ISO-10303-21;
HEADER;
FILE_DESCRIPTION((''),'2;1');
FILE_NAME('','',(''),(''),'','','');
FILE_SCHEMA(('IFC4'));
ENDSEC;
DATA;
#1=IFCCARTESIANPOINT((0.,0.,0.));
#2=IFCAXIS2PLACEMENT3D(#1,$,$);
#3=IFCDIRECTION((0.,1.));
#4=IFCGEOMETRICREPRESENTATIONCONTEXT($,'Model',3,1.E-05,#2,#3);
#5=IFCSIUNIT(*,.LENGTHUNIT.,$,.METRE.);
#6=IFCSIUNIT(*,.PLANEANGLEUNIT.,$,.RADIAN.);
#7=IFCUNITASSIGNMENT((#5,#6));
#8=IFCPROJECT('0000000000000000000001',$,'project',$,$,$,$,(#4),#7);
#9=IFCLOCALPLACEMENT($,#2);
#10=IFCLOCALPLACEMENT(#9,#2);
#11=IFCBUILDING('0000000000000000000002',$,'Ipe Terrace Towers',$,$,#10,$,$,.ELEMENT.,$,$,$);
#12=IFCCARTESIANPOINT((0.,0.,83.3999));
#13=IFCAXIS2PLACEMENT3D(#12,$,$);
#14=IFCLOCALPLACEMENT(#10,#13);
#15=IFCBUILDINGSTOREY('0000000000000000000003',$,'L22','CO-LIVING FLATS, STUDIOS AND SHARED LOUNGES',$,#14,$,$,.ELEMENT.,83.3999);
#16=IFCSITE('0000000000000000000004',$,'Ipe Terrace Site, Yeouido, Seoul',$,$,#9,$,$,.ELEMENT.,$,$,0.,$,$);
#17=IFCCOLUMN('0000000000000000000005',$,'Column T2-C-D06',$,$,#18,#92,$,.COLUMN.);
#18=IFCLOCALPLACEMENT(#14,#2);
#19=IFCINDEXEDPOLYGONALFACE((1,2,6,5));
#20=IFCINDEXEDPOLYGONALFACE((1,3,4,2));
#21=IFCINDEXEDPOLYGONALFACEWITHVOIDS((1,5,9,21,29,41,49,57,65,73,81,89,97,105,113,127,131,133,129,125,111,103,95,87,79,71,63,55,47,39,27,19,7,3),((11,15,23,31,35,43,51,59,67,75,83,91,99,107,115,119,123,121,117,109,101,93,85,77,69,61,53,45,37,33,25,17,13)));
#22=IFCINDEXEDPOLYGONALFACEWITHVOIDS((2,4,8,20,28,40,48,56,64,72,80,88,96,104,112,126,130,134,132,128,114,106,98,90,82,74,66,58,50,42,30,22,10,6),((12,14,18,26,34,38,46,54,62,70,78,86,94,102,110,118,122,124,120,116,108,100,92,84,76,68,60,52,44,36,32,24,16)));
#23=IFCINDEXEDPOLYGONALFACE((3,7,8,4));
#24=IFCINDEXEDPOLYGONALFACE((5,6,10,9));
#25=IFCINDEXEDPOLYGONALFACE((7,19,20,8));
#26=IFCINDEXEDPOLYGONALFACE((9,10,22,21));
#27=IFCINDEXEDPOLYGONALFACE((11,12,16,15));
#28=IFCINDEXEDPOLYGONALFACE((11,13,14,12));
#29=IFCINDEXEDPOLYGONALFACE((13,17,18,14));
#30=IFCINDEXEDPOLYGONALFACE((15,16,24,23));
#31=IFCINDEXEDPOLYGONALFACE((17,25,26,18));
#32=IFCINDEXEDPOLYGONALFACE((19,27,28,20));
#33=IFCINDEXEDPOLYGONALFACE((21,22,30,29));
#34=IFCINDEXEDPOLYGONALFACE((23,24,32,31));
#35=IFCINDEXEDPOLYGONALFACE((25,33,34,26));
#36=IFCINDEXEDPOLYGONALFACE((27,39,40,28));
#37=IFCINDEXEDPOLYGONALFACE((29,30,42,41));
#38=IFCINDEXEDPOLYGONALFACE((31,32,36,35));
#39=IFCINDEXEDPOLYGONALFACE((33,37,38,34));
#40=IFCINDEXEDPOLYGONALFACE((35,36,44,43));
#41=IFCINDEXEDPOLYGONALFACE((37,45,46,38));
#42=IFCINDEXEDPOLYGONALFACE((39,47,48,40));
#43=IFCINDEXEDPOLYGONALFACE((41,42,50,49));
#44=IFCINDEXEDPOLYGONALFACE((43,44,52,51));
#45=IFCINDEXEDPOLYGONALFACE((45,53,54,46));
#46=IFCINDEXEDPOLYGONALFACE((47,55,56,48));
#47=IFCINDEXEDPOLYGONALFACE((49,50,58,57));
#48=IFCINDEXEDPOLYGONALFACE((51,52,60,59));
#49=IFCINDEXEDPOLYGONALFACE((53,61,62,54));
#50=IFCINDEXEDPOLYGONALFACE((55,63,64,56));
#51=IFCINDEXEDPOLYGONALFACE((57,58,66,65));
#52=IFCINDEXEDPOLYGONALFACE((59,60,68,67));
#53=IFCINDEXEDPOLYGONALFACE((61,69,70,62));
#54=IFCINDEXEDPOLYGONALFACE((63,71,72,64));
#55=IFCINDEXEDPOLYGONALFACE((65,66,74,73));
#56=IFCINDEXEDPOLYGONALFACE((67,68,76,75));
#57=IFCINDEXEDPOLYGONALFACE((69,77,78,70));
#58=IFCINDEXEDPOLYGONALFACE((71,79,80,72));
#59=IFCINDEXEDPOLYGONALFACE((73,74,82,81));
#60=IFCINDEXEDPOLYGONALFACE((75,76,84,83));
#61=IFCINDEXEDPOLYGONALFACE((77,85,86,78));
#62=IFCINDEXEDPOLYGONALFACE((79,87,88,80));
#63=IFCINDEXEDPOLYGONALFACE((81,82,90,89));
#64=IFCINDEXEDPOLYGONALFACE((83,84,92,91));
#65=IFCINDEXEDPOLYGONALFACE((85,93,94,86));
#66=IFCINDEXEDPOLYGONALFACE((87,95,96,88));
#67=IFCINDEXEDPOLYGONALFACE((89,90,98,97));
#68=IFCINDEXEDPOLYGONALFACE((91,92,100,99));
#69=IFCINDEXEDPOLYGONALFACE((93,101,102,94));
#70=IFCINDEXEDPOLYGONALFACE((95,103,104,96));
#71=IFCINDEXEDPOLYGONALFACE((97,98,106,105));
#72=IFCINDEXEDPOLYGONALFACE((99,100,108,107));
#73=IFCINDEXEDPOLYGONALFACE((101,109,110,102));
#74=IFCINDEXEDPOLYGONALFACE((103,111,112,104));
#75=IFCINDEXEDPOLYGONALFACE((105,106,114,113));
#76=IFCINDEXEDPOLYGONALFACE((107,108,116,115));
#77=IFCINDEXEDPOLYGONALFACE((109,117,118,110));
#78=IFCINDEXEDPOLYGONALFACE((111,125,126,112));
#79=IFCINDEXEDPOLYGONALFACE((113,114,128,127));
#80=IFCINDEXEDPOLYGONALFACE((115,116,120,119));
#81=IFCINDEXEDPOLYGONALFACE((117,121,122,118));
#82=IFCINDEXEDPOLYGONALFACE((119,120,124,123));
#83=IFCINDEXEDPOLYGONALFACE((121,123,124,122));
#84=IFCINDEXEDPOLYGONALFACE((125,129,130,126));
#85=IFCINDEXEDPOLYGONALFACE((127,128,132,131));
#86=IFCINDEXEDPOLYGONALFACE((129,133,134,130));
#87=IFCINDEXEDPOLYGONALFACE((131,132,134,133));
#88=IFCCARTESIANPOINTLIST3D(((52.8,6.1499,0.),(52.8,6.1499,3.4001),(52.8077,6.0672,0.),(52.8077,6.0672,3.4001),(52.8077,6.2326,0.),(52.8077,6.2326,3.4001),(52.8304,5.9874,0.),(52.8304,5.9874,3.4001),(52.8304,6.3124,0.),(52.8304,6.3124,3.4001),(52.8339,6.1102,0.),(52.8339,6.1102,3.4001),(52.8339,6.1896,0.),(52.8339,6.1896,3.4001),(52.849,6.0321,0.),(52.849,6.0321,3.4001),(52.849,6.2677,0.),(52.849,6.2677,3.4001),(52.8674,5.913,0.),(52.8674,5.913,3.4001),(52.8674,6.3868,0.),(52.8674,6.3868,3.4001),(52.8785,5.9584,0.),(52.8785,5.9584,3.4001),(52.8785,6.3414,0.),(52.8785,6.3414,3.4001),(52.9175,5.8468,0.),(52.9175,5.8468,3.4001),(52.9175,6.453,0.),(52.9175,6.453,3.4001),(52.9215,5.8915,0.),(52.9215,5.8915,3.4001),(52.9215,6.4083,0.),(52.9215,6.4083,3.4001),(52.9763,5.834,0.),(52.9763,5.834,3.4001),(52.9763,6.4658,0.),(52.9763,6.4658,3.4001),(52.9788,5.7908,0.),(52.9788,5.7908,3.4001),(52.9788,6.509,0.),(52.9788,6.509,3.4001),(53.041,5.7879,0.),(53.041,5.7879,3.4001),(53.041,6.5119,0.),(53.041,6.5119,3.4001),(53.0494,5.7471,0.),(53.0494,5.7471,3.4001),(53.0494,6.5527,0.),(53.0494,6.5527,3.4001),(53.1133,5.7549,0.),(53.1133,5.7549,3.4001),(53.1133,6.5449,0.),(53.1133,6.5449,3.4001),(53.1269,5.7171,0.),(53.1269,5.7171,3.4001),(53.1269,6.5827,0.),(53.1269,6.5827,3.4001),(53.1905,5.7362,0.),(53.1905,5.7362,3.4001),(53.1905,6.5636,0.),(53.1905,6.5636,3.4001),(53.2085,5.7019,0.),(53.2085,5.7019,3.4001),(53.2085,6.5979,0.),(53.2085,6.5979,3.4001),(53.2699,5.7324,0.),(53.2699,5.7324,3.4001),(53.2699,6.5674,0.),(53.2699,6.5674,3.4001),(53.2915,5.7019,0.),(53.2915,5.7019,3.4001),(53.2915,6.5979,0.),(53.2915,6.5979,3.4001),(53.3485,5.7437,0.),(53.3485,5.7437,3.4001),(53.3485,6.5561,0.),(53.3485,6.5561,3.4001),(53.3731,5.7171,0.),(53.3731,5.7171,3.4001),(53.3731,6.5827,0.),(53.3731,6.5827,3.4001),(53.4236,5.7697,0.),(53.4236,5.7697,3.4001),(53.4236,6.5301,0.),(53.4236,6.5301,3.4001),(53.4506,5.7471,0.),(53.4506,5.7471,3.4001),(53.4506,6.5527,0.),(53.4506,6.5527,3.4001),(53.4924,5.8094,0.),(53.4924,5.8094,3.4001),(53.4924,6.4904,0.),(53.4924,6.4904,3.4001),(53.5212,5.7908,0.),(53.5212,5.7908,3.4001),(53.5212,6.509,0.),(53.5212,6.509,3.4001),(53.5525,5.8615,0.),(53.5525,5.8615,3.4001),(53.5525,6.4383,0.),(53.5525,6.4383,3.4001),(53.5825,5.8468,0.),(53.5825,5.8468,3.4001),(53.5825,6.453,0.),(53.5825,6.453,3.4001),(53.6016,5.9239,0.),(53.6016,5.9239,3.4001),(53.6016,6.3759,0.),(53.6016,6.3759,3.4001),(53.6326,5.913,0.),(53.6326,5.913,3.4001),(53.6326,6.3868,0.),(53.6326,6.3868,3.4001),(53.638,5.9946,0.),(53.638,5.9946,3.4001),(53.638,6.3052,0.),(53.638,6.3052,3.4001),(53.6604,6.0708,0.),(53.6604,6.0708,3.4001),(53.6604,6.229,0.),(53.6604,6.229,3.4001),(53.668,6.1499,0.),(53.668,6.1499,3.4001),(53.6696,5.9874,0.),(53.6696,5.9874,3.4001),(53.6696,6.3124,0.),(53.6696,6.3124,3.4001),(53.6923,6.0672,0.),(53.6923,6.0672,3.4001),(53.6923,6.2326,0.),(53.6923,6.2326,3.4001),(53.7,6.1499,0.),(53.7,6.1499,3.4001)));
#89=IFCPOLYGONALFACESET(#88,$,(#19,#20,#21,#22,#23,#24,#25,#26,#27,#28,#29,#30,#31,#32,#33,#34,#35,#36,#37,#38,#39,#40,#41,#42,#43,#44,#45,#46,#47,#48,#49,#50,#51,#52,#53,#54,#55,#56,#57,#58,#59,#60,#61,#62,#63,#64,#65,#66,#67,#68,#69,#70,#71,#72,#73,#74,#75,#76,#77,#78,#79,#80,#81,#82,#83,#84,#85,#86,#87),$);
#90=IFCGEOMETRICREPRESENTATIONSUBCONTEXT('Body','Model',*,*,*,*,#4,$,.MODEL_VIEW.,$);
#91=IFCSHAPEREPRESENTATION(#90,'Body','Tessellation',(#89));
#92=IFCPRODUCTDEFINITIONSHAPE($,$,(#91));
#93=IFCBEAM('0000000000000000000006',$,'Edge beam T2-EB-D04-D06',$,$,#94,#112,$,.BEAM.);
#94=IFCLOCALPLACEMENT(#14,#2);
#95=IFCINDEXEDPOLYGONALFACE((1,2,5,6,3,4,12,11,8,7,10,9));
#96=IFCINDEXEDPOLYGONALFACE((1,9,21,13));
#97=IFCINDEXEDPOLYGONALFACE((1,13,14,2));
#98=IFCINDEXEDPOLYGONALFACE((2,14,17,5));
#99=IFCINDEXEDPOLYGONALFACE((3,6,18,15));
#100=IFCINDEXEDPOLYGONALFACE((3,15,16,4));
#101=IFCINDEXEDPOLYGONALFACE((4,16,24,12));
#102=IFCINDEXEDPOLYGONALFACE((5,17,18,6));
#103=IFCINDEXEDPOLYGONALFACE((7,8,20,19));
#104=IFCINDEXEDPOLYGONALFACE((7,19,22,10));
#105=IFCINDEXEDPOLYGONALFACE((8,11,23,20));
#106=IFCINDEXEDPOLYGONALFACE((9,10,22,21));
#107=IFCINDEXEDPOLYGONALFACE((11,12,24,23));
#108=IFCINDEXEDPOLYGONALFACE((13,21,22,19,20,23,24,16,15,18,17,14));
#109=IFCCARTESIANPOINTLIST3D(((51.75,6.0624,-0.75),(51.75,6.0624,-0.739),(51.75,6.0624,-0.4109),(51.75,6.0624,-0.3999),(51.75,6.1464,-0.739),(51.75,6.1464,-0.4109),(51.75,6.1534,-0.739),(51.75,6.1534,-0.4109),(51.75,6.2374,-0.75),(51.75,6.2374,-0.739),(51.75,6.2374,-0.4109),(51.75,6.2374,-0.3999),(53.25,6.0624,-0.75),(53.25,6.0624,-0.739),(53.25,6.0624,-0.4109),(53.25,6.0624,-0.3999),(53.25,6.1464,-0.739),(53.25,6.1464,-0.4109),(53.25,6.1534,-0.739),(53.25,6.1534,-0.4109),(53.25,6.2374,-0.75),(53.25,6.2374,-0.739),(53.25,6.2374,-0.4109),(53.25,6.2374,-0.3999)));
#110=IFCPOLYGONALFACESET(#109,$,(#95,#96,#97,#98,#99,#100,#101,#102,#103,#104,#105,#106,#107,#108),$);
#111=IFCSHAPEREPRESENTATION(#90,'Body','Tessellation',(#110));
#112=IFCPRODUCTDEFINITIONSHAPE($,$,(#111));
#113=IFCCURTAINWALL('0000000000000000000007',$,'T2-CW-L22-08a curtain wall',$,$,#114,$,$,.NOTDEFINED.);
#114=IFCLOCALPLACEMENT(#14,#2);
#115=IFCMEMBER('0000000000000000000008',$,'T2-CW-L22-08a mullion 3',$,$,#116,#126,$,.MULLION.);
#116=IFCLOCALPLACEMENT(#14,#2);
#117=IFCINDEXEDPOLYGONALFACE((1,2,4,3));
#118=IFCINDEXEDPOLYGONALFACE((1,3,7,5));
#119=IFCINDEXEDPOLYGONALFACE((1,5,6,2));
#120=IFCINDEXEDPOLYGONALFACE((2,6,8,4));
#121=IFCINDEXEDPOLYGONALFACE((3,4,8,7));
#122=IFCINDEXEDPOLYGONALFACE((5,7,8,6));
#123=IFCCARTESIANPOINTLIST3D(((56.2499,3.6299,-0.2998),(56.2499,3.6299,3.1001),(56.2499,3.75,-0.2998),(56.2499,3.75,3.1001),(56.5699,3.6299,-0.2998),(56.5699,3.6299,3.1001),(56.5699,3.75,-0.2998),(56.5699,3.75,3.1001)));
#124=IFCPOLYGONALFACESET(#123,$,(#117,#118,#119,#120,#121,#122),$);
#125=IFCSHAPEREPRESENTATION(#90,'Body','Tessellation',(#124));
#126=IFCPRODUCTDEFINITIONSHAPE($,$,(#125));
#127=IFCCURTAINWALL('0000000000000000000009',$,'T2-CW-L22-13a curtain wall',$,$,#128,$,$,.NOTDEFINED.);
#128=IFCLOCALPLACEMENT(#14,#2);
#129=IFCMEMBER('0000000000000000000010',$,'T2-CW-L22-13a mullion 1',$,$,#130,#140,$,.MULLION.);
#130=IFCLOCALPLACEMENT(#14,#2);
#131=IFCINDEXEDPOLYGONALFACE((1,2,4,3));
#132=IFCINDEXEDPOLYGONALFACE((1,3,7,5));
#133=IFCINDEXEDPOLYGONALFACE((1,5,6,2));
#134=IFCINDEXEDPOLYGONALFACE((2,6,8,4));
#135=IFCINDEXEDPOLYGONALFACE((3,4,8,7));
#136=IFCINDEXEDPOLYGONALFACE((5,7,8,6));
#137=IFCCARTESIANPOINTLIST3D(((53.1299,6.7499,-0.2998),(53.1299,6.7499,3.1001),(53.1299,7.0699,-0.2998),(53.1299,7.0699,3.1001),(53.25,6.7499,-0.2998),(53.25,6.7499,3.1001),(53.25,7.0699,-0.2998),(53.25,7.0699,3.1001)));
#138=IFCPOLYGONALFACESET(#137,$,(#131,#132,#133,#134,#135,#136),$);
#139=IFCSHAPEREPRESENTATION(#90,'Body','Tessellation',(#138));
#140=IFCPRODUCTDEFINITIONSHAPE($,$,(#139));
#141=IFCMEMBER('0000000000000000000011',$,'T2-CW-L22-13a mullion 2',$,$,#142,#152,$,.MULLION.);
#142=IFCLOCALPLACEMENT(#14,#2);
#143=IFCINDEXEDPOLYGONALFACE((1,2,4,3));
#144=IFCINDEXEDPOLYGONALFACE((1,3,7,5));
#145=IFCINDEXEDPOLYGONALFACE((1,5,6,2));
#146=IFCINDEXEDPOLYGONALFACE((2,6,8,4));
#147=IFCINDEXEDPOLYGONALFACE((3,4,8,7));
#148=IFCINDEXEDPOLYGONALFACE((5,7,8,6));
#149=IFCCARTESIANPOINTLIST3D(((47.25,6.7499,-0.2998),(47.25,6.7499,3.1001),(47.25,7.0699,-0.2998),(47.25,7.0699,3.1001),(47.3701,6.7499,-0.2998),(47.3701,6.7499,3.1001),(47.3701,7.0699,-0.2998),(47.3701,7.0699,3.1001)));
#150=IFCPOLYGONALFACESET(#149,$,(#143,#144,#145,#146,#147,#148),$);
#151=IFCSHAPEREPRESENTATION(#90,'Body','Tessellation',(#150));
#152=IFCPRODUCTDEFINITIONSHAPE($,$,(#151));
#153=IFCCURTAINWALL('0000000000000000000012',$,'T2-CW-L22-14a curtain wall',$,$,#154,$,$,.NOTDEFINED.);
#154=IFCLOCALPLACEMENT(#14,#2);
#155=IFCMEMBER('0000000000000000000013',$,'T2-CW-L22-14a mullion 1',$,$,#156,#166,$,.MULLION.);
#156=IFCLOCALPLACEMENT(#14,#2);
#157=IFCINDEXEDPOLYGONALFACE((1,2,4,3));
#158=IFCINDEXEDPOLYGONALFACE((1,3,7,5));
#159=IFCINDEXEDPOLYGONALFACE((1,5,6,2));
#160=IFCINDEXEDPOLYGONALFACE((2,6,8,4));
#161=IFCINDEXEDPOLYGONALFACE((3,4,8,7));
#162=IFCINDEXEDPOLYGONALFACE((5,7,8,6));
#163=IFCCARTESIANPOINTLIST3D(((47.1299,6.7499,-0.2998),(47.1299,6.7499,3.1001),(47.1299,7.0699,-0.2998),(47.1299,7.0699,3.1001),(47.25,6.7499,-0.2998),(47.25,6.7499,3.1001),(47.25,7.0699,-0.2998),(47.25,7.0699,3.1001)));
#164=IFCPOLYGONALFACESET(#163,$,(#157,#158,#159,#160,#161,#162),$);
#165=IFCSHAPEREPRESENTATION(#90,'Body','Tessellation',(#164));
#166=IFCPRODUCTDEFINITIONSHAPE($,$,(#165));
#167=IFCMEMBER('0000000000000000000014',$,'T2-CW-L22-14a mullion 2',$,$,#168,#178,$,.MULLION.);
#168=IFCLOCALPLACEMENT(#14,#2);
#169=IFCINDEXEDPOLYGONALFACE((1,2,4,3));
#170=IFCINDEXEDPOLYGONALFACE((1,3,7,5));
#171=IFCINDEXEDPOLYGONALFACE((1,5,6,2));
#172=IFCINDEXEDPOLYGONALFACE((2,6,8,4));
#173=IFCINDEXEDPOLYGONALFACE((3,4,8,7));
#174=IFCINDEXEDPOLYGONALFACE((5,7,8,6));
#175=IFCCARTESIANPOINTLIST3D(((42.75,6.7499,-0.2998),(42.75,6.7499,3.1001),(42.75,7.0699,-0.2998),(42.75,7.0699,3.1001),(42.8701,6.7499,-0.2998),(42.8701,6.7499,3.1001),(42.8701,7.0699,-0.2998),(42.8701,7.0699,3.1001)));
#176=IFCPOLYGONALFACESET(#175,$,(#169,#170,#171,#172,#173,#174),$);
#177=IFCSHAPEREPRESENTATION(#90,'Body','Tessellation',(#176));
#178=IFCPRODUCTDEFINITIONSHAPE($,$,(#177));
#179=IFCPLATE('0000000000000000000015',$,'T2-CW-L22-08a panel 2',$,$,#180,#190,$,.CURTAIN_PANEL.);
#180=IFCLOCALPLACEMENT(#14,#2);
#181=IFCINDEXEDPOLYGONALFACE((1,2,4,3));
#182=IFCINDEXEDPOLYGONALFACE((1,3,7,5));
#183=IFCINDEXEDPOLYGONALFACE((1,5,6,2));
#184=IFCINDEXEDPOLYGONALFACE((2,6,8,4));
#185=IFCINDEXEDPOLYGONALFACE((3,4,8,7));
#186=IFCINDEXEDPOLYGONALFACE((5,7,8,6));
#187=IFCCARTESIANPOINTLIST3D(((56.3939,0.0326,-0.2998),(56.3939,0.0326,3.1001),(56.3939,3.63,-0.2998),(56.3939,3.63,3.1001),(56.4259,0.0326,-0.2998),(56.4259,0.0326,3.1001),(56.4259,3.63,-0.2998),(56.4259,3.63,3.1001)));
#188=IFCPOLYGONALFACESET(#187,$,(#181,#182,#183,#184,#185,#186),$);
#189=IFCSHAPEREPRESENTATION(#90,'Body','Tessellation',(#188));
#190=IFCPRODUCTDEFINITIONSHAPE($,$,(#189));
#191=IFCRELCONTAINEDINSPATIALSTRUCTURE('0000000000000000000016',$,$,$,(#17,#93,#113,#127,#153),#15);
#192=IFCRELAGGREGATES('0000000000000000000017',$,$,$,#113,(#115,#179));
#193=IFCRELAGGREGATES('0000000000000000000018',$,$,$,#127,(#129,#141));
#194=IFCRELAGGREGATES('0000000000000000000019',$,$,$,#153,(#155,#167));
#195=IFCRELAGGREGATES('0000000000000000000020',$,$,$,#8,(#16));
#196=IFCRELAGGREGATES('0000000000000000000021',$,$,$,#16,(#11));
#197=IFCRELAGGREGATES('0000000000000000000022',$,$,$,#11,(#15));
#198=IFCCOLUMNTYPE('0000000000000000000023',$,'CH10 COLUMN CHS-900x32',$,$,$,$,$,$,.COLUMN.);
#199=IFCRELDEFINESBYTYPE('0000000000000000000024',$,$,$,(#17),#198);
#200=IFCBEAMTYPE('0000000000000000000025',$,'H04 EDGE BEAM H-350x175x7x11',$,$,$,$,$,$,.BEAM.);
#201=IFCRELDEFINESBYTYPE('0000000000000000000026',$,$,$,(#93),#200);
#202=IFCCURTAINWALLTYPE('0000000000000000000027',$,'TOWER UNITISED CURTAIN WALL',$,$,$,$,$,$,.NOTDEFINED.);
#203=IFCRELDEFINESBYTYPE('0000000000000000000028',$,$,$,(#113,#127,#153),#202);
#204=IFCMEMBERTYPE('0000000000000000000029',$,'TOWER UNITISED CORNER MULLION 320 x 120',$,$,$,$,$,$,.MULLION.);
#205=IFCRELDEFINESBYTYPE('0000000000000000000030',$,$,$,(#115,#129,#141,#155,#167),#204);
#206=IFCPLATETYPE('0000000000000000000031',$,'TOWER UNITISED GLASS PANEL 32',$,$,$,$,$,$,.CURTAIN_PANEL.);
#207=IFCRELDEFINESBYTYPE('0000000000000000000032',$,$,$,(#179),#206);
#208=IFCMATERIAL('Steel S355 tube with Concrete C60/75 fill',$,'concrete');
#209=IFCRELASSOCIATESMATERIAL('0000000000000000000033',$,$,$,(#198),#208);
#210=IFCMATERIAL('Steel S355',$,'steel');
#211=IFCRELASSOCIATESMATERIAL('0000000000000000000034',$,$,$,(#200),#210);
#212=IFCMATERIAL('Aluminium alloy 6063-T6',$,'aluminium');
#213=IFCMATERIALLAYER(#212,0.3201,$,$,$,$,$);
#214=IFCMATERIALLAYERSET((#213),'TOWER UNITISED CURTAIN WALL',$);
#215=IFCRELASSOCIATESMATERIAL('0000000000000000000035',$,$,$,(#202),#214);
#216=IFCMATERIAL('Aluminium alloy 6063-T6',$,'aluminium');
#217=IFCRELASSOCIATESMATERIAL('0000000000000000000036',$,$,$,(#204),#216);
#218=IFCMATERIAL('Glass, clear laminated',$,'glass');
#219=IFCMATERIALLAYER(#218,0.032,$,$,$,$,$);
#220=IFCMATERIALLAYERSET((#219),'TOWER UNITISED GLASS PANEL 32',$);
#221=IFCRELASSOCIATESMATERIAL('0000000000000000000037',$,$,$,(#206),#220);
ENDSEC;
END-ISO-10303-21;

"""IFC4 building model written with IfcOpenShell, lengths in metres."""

from ifc_helpers import new_model, si_unit, direction, frame, origin, origin_2d, place, context, subcontext, project, spatial, rectangle, hollow_circle, i_section, extrude, material, layer, layer_set, material_profile, profile_set, type_object, element, aggregate, save


model = new_model("IFC4")

# Units and contexts
model_context = context("Model", 3, precision=1e-05, world=origin(), true_north=direction((0.0, 1.0)))
body_context = subcontext(model_context, "Body", "Model", "MODEL_VIEW")
ifc_project = project(units=[si_unit("LENGTHUNIT", "METRE"), si_unit("PLANEANGLEUNIT", "RADIAN")], contexts=[model_context])

# Site, building, storey
site_placement = place(None, origin())
site = spatial("IfcSite", under=ifc_project, at=site_placement, Name="Ipe Terrace Site, Yeouido, Seoul", CompositionType="ELEMENT", RefElevation=0.0)
building_placement = place(site_placement, origin())
building = spatial("IfcBuilding", under=site, at=building_placement, Name="Ipe Terrace Towers", CompositionType="ELEMENT")
storey_placement = place(building_placement, frame((0.0, 0.0, 83.3999)))
storey = spatial("IfcBuildingStorey", under=building, at=storey_placement, Name="L22", Description="CO-LIVING FLATS, STUDIOS AND SHARED LOUNGES", CompositionType="ELEMENT", Elevation=83.3999)

# Column
ifc_material_1 = material(Name="Steel S355 tube with Concrete C60/75 fill", Category="concrete")
ifc_material_profile_1 = material_profile(ifc_material_1, hollow_circle(Radius=0.45, WallThickness=0.032, at=origin_2d()), Name="CHS-900x32")
ifc_profile_set_1 = profile_set([ifc_material_profile_1], Name="Steel S355 tube with Concrete C60/75 fill")
column_type_1 = type_object("IfcColumnType", Name="CH10 COLUMN CHS-900x32", PredefinedType="COLUMN", material=ifc_profile_set_1)
for number, where, z_axis, x_axis, name in (
    (1, (53.25, 6.1499, 0.0), (0.0, 0.0, 1.0), (1.0, 0.0, 0.0), "Column T2-C-D06"),
):
    element("IfcColumn", number, at=place(storey_placement, frame(where, z_axis=z_axis, x_axis=x_axis)), inside=storey, type_object=column_type_1, Name=name, PredefinedType="COLUMN", context=body_context, shape_type="SweptSolid", body=[
        extrude(hollow_circle(Radius=0.45, WallThickness=0.032, at=origin_2d()), origin(), (0.0, 0.0, 1.0), 3.4001),
    ])

# Beam
ifc_material_2 = material(Name="Steel S355", Category="steel")
ifc_material_profile_2 = material_profile(ifc_material_2, i_section(OverallWidth=0.175, OverallDepth=0.3501, WebThickness=0.0071, FlangeThickness=0.011, at=origin_2d()), Name="H-350x175x7x11")
ifc_profile_set_2 = profile_set([ifc_material_profile_2], Name="Steel S355")
beam_type = type_object("IfcBeamType", Name="H04 EDGE BEAM H-350x175x7x11", PredefinedType="BEAM", material=ifc_profile_set_2)
beam_placement = place(storey_placement, frame((51.75, 6.1499, -0.575), z_axis=(1.0, 0.0, 0.0), x_axis=(0.0, 1.0, 0.0)))
element("IfcBeam", 2, at=beam_placement, inside=storey, type_object=beam_type, Name="Edge beam T2-EB-D04-D06", PredefinedType="BEAM", context=body_context, shape_type="SweptSolid", body=[
    extrude(i_section(OverallWidth=0.175, OverallDepth=0.3501, WebThickness=0.0071, FlangeThickness=0.011, at=origin_2d()), origin(), (0.0, 0.0, 1.0), 1.5),
])

# Curtain wall, member
ifc_material_3 = material(Name="Aluminium alloy 6063-T6", Category="aluminium")
ifc_layer_1 = layer(ifc_material_3, 0.3201)
ifc_layer_set_1 = layer_set([ifc_layer_1], Name="TOWER UNITISED CURTAIN WALL")
curtain_wall_type = type_object("IfcCurtainWallType", Name="TOWER UNITISED CURTAIN WALL", PredefinedType="NOTDEFINED", material=ifc_layer_set_1)
curtain_wall_1_placement = place(storey_placement, origin())
curtain_wall_1 = element("IfcCurtainWall", 3, at=curtain_wall_1_placement, inside=storey, type_object=curtain_wall_type, Name="T2-CW-L22-08a curtain wall", PredefinedType="NOTDEFINED")
ifc_material_4 = material(Name="Aluminium alloy 6063-T6", Category="aluminium")
ifc_material_profile_3 = material_profile(ifc_material_4, rectangle(XDim=0.3201, YDim=0.1201, at=origin_2d()), Name="TOWER UNITISED CORNER MULLION 320 x 120")
ifc_profile_set_3 = profile_set([ifc_material_profile_3], Name="Aluminium alloy 6063-T6")
member_type = type_object("IfcMemberType", Name="TOWER UNITISED CORNER MULLION 320 x 120", PredefinedType="MULLION", material=ifc_profile_set_3)
member_1_placement = place(storey_placement, frame((56.4099, 3.6899, -0.2998), z_axis=(0.0, 0.0, 1.0), x_axis=(1.0, 0.0, 0.0)))
member_1 = element("IfcMember", 4, at=member_1_placement, type_object=member_type, Name="T2-CW-L22-08a mullion 3", PredefinedType="MULLION", context=body_context, shape_type="SweptSolid", body=[
    extrude(rectangle(XDim=0.3201, YDim=0.1201, at=origin_2d()), origin(), (0.0, 0.0, 1.0), 3.3999),
])

# Curtain walls, members
curtain_wall_2_placement = place(storey_placement, origin())
curtain_wall_2 = element("IfcCurtainWall", 5, at=curtain_wall_2_placement, inside=storey, type_object=curtain_wall_type, Name="T2-CW-L22-13a curtain wall", PredefinedType="NOTDEFINED")
member_2_placement = place(storey_placement, frame((53.1899, 6.9099, -0.2998), z_axis=(0.0, 0.0, 1.0), x_axis=(0.0, 1.0, 0.0)))
member_2 = element("IfcMember", 6, at=member_2_placement, type_object=member_type, Name="T2-CW-L22-13a mullion 1", PredefinedType="MULLION", context=body_context, shape_type="SweptSolid", body=[
    extrude(rectangle(XDim=0.3201, YDim=0.1201, at=origin_2d()), origin(), (0.0, 0.0, 1.0), 3.3999),
])
member_3_placement = place(storey_placement, frame((47.3101, 6.9099, -0.2998), z_axis=(0.0, 0.0, 1.0), x_axis=(0.0, 1.0, 0.0)))
member_3 = element("IfcMember", 7, at=member_3_placement, type_object=member_type, Name="T2-CW-L22-13a mullion 2", PredefinedType="MULLION", context=body_context, shape_type="SweptSolid", body=[
    extrude(rectangle(XDim=0.3201, YDim=0.1201, at=origin_2d()), origin(), (0.0, 0.0, 1.0), 3.3999),
])
curtain_wall_3_placement = place(storey_placement, origin())
curtain_wall_3 = element("IfcCurtainWall", 8, at=curtain_wall_3_placement, inside=storey, type_object=curtain_wall_type, Name="T2-CW-L22-14a curtain wall", PredefinedType="NOTDEFINED")
member_4_placement = place(storey_placement, frame((47.1899, 6.9099, -0.2998), z_axis=(0.0, 0.0, 1.0), x_axis=(0.0, 1.0, 0.0)))
member_4 = element("IfcMember", 9, at=member_4_placement, type_object=member_type, Name="T2-CW-L22-14a mullion 1", PredefinedType="MULLION", context=body_context, shape_type="SweptSolid", body=[
    extrude(rectangle(XDim=0.3201, YDim=0.1201, at=origin_2d()), origin(), (0.0, 0.0, 1.0), 3.3999),
])
member_5_placement = place(storey_placement, frame((42.8101, 6.9099, -0.2998), z_axis=(0.0, 0.0, 1.0), x_axis=(0.0, 1.0, 0.0)))
member_5 = element("IfcMember", 10, at=member_5_placement, type_object=member_type, Name="T2-CW-L22-14a mullion 2", PredefinedType="MULLION", context=body_context, shape_type="SweptSolid", body=[
    extrude(rectangle(XDim=0.3201, YDim=0.1201, at=origin_2d()), origin(), (0.0, 0.0, 1.0), 3.3999),
])

# Plate
ifc_material_5 = material(Name="Glass, clear laminated", Category="glass")
ifc_layer_2 = layer(ifc_material_5, 0.032)
ifc_layer_set_2 = layer_set([ifc_layer_2], Name="TOWER UNITISED GLASS PANEL 32")
plate_type = type_object("IfcPlateType", Name="TOWER UNITISED GLASS PANEL 32", PredefinedType="CURTAIN_PANEL", material=ifc_layer_set_2)
plate_1_placement = place(storey_placement, frame((56.4099, 1.8313, -0.2998), z_axis=(0.0, 0.0, 1.0), x_axis=(0.0, 1.0, 0.0)))
plate_1 = element("IfcPlate", 11, at=plate_1_placement, type_object=plate_type, Name="T2-CW-L22-08a panel 2", PredefinedType="CURTAIN_PANEL", context=body_context, shape_type="SweptSolid", body=[
    extrude(rectangle(XDim=3.5974, YDim=0.032, at=origin_2d()), origin(), (0.0, 0.0, 1.0), 3.3999),
])
aggregate(curtain_wall_1, [member_1, plate_1])
aggregate(curtain_wall_2, [member_2, member_3])
aggregate(curtain_wall_3, [member_4, member_5])

save(model, "model.ifc")
